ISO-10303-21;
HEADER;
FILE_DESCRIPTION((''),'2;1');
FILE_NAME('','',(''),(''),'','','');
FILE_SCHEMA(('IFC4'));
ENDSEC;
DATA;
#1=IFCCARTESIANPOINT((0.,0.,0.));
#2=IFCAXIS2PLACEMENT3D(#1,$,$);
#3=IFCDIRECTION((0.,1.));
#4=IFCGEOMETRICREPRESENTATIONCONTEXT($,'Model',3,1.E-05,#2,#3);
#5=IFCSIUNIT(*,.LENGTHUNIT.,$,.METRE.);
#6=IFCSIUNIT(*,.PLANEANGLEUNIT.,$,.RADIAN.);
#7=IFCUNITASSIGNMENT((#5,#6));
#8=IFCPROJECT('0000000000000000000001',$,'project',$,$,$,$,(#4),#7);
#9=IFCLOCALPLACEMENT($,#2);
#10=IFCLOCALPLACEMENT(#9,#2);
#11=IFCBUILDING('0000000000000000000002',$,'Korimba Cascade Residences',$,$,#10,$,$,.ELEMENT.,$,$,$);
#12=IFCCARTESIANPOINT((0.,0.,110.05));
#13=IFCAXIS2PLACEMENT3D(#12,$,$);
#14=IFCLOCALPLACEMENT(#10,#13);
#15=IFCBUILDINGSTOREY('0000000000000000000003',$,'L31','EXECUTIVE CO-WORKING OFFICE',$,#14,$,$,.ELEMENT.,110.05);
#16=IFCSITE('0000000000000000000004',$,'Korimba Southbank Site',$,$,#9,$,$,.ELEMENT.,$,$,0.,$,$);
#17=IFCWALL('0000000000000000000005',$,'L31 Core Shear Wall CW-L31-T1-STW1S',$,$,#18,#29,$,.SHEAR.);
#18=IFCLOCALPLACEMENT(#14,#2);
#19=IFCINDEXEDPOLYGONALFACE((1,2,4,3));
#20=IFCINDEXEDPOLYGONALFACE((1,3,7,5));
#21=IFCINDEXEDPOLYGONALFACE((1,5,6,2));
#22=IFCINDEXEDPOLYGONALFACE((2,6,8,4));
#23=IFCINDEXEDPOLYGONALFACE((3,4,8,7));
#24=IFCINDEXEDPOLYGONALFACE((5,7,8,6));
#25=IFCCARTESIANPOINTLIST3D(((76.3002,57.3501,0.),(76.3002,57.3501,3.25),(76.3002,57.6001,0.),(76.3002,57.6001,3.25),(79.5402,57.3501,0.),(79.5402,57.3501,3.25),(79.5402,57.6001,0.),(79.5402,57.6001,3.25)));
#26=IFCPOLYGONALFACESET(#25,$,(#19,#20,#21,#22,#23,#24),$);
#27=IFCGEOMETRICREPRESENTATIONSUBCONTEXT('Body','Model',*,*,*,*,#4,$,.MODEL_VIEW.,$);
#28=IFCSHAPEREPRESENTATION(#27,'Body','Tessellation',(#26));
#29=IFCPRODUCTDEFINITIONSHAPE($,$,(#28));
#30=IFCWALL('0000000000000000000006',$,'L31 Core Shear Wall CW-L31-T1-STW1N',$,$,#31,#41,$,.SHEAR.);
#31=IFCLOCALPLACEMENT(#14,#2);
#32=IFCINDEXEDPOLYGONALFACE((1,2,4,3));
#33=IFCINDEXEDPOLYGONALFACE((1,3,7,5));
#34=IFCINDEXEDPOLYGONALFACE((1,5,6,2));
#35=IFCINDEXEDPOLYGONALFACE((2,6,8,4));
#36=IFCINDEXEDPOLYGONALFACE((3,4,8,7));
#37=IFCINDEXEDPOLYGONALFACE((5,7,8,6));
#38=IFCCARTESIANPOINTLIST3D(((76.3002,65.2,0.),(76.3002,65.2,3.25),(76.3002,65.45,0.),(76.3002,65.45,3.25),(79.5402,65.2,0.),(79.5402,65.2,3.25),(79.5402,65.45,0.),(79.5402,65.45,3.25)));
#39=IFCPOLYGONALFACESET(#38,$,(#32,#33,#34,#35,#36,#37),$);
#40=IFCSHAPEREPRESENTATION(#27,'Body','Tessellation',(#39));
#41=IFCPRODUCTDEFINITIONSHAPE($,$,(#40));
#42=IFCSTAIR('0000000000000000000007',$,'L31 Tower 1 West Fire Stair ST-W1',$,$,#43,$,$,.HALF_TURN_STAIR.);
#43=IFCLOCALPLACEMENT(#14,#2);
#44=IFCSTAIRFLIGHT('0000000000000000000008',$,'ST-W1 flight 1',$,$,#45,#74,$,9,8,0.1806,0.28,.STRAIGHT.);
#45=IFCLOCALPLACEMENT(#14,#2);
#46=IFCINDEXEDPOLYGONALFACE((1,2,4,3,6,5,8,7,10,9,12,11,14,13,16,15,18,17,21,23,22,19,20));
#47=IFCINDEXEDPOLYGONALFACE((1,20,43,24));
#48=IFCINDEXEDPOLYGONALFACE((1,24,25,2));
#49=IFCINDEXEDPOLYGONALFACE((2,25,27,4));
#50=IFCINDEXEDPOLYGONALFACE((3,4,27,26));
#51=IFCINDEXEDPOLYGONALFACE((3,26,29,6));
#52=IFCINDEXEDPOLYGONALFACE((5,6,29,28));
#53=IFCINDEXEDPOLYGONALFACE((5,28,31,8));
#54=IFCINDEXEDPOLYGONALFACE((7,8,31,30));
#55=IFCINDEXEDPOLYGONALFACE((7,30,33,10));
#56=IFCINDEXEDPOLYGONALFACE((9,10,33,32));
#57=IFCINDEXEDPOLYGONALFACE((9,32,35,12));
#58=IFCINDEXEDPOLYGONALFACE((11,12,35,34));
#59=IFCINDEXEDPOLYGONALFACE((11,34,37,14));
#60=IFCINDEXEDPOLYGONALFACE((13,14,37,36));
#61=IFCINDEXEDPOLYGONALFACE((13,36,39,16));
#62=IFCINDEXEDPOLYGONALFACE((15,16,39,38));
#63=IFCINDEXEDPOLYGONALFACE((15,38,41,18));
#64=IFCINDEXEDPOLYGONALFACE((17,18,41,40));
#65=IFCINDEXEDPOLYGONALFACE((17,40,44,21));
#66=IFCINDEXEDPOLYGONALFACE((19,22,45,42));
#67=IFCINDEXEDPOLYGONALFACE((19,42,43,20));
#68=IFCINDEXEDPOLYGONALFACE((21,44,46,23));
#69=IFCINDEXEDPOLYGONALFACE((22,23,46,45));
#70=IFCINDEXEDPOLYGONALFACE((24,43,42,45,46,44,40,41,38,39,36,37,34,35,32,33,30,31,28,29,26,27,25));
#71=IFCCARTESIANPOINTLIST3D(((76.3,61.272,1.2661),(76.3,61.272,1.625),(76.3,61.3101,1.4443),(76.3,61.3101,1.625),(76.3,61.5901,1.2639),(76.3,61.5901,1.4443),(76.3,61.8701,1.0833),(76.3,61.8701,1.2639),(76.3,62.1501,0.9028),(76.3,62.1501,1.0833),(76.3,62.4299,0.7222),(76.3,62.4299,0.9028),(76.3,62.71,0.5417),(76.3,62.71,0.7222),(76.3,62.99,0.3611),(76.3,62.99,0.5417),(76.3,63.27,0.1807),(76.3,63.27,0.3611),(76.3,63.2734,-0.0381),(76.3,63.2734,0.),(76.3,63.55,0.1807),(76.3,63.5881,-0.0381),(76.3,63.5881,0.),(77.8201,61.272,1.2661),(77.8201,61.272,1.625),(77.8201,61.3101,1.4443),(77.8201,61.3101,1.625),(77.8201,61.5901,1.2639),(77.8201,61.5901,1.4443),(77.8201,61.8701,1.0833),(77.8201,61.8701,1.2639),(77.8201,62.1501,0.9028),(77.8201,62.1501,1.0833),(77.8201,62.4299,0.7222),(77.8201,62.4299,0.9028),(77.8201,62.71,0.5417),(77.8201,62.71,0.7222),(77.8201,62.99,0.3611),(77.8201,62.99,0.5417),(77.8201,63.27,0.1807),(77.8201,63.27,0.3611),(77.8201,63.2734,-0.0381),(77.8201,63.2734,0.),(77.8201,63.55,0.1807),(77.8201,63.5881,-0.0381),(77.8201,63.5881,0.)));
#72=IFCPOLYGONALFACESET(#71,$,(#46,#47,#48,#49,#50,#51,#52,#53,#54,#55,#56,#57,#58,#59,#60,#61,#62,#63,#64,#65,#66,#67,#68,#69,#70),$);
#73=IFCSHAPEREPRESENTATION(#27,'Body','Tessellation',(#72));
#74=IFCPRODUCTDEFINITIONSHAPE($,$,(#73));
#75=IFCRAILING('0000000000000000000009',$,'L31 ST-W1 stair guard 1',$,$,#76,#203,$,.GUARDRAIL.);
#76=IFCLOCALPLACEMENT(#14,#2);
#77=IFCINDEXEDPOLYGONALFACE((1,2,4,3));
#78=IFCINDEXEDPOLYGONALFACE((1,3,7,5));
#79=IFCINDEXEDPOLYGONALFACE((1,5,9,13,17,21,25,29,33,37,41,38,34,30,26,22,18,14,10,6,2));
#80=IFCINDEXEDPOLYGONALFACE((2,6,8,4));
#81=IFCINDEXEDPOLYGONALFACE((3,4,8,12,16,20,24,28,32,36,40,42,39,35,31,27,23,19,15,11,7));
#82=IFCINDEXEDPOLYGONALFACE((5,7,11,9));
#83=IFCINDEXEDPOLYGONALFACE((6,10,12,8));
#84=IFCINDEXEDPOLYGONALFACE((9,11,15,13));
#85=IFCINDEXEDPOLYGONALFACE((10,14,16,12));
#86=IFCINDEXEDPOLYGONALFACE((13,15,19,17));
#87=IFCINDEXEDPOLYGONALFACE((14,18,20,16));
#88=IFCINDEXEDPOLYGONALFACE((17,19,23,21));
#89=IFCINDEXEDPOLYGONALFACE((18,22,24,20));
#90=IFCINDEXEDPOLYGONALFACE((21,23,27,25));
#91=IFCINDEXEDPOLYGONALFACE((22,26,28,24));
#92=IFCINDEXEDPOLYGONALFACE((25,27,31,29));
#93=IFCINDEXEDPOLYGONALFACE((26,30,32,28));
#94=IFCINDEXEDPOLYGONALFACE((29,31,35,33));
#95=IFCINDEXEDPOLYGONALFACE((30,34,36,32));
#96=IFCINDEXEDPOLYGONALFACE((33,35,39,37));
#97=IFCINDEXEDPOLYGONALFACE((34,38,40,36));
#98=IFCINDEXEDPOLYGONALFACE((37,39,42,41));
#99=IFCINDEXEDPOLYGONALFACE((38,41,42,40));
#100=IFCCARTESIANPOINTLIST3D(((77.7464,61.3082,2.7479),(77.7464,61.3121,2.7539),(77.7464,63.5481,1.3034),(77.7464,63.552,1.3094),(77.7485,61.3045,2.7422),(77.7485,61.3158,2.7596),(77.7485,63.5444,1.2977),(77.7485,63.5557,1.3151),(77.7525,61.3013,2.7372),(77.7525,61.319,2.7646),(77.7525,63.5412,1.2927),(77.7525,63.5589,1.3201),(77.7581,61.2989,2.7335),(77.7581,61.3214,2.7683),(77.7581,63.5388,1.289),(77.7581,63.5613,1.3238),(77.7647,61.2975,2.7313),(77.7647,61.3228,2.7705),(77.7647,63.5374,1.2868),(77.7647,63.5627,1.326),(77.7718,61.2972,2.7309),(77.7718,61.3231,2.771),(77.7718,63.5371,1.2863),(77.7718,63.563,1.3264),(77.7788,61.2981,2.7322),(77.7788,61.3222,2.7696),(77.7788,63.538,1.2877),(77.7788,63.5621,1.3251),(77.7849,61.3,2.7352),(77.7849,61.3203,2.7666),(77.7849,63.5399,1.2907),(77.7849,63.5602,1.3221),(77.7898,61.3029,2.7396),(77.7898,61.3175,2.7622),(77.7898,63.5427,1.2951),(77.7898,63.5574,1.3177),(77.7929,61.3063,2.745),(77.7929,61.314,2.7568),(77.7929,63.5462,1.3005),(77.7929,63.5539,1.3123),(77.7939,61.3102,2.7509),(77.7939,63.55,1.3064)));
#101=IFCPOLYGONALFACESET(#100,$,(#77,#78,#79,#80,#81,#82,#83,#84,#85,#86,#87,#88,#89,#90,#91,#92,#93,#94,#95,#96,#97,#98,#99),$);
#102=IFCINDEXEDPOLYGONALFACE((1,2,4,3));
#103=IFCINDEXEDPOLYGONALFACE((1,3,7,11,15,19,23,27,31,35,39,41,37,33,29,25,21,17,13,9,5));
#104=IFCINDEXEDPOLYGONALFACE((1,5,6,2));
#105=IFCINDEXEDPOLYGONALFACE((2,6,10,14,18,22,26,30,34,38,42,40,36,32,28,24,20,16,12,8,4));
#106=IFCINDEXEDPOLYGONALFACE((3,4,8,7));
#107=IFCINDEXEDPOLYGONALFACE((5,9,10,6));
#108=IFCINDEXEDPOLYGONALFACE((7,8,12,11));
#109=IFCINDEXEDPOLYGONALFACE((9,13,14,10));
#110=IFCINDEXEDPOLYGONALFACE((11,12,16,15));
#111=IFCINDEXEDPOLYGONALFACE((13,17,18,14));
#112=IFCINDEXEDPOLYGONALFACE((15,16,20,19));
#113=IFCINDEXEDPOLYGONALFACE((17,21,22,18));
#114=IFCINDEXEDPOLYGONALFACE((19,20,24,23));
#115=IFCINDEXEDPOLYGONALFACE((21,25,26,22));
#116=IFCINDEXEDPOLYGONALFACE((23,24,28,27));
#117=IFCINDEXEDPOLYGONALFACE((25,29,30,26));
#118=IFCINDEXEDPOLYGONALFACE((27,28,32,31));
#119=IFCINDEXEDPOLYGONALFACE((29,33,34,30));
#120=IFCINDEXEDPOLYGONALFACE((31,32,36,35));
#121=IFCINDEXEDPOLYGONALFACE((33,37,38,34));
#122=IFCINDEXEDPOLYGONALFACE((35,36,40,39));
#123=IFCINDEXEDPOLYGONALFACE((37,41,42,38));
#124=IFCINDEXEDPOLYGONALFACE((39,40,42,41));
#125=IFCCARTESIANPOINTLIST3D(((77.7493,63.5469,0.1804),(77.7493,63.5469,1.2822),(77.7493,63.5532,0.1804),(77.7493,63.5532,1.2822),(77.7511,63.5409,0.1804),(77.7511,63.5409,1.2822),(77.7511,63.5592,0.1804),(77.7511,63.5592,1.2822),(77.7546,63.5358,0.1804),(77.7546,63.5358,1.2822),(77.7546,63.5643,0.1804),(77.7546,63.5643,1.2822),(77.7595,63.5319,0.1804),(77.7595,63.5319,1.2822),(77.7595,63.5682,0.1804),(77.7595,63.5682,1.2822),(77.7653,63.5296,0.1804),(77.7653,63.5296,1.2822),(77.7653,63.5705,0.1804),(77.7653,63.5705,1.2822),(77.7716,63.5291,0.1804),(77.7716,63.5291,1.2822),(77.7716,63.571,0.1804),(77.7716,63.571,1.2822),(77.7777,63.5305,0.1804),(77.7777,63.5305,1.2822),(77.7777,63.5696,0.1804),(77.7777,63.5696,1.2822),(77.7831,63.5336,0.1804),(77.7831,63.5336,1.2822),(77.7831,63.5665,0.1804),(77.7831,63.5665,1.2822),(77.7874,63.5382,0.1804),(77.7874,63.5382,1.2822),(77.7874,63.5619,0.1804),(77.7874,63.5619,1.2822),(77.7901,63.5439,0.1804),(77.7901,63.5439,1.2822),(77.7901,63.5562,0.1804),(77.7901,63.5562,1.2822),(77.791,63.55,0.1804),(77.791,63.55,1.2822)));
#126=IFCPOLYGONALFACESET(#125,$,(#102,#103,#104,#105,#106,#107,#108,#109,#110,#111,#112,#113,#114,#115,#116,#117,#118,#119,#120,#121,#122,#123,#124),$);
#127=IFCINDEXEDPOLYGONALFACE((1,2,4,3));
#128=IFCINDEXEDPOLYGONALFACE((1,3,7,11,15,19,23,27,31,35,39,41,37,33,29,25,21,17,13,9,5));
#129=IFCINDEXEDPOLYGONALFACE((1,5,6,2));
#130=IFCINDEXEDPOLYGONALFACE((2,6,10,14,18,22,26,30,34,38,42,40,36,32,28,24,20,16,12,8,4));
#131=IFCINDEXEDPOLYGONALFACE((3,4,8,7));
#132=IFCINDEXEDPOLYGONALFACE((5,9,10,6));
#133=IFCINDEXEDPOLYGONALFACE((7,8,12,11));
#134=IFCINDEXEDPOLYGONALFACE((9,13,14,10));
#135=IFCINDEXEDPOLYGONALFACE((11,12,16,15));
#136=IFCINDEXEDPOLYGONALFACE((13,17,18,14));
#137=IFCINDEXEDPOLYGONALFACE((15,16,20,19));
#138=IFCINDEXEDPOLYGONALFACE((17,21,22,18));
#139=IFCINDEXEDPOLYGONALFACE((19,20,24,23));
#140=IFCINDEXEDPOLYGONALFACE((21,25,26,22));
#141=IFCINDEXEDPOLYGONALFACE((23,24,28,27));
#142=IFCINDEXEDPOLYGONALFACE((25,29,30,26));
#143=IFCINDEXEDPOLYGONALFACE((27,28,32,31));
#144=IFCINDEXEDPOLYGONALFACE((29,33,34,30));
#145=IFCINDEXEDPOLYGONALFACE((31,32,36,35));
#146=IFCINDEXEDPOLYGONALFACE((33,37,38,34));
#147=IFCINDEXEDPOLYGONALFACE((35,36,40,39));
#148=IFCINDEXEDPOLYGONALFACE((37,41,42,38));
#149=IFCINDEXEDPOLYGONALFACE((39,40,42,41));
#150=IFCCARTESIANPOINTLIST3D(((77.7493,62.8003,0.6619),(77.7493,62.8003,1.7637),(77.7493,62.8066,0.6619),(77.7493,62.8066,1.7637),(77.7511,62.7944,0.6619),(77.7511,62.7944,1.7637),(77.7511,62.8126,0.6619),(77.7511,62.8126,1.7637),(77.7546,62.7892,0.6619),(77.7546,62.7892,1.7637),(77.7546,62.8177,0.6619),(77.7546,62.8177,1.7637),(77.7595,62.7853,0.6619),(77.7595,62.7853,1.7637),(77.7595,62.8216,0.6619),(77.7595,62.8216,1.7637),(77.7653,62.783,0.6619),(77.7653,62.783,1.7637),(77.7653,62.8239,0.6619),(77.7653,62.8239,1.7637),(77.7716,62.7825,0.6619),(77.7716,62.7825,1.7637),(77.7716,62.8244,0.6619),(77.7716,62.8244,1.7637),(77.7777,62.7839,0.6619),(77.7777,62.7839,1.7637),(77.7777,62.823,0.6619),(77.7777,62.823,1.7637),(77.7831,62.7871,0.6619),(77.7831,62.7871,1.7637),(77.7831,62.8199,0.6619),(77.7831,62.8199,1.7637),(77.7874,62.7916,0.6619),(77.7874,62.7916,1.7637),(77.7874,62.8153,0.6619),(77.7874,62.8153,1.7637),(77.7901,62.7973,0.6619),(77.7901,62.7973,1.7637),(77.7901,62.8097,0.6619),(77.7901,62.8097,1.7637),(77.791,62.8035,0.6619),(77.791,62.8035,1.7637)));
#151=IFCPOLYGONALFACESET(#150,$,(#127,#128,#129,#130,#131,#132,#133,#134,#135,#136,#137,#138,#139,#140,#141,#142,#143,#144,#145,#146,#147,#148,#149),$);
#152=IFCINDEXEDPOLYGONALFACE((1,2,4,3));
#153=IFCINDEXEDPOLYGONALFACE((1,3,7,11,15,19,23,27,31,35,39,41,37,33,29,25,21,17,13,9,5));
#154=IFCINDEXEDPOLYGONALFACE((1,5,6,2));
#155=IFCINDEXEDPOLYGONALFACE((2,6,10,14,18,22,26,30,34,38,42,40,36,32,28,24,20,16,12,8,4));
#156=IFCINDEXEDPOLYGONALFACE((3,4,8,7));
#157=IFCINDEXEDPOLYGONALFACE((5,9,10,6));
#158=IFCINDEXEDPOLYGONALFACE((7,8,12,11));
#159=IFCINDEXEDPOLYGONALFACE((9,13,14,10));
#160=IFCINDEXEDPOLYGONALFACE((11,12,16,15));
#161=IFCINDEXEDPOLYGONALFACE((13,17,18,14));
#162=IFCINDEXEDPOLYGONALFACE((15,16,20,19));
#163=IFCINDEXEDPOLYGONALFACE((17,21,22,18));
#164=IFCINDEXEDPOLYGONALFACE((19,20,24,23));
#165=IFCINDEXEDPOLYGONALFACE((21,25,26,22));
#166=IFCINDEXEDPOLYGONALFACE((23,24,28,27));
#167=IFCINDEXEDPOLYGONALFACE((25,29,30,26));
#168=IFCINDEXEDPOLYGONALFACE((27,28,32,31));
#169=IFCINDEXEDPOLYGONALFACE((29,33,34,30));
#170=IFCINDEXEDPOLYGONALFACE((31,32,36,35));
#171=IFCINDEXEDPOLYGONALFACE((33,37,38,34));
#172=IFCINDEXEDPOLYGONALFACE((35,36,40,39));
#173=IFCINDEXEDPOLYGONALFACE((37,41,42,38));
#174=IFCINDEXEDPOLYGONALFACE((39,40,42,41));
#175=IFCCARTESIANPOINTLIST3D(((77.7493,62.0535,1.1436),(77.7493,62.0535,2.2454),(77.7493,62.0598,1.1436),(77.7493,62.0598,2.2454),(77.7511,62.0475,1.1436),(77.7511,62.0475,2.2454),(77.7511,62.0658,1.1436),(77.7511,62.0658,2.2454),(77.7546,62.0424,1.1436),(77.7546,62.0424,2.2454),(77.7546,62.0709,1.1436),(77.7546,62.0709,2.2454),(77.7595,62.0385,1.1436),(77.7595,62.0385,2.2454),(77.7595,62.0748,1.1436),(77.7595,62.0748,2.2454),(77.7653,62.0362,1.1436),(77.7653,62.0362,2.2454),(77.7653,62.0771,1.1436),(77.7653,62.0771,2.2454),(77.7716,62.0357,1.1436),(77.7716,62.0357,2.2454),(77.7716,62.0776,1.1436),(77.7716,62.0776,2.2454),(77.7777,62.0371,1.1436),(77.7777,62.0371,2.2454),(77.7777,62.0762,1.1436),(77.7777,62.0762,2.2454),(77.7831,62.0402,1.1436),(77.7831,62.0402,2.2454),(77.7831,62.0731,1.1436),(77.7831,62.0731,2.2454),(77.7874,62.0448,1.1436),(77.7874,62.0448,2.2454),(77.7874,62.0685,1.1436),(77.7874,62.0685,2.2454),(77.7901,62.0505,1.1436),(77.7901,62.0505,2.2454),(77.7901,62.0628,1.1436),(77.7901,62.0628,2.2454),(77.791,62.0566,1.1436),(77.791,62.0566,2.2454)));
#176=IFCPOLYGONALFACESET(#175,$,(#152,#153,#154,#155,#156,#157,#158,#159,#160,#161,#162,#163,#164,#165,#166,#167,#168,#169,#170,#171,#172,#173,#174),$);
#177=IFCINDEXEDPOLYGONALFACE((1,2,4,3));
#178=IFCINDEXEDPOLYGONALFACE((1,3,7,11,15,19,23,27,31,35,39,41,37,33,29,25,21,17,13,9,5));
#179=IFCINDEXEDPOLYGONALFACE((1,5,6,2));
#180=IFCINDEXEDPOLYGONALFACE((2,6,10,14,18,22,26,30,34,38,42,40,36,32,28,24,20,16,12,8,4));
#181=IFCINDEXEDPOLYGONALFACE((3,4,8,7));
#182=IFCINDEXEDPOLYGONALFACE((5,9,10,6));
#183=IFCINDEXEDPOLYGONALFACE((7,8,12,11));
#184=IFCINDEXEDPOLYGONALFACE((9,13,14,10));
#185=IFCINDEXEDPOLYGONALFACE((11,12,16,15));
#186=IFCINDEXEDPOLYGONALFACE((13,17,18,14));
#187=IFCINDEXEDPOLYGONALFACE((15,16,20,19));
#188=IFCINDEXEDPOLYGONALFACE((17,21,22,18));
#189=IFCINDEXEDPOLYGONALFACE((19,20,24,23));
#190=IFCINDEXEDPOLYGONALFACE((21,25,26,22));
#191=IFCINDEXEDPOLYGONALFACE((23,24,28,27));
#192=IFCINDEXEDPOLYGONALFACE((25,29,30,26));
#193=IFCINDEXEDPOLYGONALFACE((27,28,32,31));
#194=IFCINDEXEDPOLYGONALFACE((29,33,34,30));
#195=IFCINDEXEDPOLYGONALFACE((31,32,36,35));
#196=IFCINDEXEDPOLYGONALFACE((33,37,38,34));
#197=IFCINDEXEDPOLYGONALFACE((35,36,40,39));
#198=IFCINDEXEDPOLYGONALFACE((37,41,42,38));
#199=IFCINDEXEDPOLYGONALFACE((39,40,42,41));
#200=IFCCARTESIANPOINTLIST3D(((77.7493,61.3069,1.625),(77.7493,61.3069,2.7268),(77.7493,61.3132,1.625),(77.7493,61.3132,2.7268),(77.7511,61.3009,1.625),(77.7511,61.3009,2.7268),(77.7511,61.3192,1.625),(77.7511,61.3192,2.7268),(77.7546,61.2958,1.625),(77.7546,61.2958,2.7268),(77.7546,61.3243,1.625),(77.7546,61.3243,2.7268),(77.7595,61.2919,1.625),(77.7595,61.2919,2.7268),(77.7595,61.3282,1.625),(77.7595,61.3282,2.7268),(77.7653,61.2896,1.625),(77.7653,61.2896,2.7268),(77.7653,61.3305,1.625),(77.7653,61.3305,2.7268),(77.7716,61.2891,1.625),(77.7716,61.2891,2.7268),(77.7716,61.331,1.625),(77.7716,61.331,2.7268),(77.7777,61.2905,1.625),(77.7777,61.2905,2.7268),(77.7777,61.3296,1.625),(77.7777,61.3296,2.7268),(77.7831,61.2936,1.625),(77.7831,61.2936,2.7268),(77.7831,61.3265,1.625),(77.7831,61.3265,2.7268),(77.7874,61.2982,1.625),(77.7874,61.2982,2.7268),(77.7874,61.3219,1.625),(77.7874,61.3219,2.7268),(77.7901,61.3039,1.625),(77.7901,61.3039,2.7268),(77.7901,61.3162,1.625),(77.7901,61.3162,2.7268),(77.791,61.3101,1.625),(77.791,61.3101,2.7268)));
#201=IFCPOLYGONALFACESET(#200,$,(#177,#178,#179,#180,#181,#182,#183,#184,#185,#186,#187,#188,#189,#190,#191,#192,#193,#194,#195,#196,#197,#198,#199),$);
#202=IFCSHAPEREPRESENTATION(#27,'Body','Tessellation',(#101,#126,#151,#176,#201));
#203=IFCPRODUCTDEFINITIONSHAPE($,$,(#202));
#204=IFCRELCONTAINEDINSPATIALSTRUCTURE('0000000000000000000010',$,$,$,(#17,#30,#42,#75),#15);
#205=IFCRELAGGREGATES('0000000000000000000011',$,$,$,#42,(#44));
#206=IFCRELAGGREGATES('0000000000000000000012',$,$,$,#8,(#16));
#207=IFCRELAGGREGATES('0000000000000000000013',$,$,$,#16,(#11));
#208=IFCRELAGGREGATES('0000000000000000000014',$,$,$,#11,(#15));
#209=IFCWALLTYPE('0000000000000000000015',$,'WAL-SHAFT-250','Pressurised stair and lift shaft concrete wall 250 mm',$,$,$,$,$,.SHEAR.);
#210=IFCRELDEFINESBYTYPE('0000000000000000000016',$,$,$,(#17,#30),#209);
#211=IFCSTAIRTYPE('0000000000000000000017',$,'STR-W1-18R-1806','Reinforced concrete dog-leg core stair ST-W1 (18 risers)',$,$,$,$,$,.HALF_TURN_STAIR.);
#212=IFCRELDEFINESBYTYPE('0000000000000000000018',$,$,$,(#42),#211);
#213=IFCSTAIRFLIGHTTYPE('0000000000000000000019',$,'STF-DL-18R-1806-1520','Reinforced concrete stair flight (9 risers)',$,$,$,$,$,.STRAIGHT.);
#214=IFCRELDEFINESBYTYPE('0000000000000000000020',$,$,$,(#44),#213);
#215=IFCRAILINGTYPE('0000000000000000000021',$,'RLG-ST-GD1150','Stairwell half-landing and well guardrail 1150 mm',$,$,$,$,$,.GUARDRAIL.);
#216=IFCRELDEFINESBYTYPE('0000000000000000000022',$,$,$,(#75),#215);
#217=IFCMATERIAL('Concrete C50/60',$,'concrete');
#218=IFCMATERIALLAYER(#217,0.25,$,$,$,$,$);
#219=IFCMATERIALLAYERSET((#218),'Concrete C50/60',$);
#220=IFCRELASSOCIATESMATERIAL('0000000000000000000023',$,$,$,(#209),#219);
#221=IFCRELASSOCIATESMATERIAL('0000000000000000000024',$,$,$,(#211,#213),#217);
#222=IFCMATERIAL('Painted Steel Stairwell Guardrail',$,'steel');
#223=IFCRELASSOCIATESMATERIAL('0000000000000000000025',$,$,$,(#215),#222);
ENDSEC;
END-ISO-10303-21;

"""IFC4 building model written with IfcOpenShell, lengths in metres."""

from ifc_helpers import new_model, si_unit, direction, frame, frame_2d, origin, origin_2d, place, context, subcontext, project, spatial, polyline, rectangle, circle, outline, extrude, material, layer, layer_set, type_object, element, aggregate, save


model = new_model("IFC4")

# Units and contexts
model_context = context("Model", 3, precision=1e-05, world=origin(), true_north=direction((0.0, 1.0)))
body_context = subcontext(model_context, "Body", "Model", "MODEL_VIEW")
ifc_project = project(units=[si_unit("LENGTHUNIT", "METRE"), si_unit("PLANEANGLEUNIT", "RADIAN")], contexts=[model_context])

# Site, building, storey
site_placement = place(None, origin())
site = spatial("IfcSite", under=ifc_project, at=site_placement, Name="Korimba Southbank Site", CompositionType="ELEMENT", RefElevation=0.0)
building_placement = place(site_placement, origin())
building = spatial("IfcBuilding", under=site, at=building_placement, Name="Korimba Cascade Residences", CompositionType="ELEMENT")
storey_placement = place(building_placement, frame((0.0, 0.0, 110.05)))
storey = spatial("IfcBuildingStorey", under=building, at=storey_placement, Name="L31", Description="EXECUTIVE CO-WORKING OFFICE", CompositionType="ELEMENT", Elevation=110.05)

# Walls
ifc_material_1 = material(Name="Concrete C50/60", Category="concrete")
ifc_layer_1 = layer(ifc_material_1, 0.25)
ifc_layer_set_1 = layer_set([ifc_layer_1], Name="Concrete C50/60")
wall_type_1 = type_object("IfcWallType", Name="WAL-SHAFT-250", Description="Pressurised stair and lift shaft concrete wall 250 mm", PredefinedType="SHEAR", material=ifc_layer_set_1)
for number, where, z_axis, x_axis, name in (
    (1, (76.3, 57.4751, 0.0), (0.0, 0.0, 1.0), (1.0, 0.0, 0.0), "L31 Core Shear Wall CW-L31-T1-STW1S"),
    (2, (76.3, 65.325, 0.0), (0.0, 0.0, 1.0), (1.0, 0.0, 0.0), "L31 Core Shear Wall CW-L31-T1-STW1N"),
):
    element("IfcWall", number, at=place(storey_placement, frame(where, z_axis=z_axis, x_axis=x_axis)), inside=storey, type_object=wall_type_1, Name=name, PredefinedType="SHEAR", context=body_context, shape_type="SweptSolid", body=[
        extrude(rectangle(XDim=3.24, YDim=0.25, at=frame_2d((1.6201, 0.0))), origin(), (0.0, 0.0, 1.0), 3.25),
    ])

# Stair, stair flight
stair_type = type_object("IfcStairType", Name="STR-W1-18R-1806", Description="Reinforced concrete dog-leg core stair ST-W1 (18 risers)", PredefinedType="HALF_TURN_STAIR", material=ifc_material_1)
stair_placement = place(storey_placement, origin())
stair = element("IfcStair", 3, at=stair_placement, inside=storey, type_object=stair_type, Name="L31 Tower 1 West Fire Stair ST-W1", PredefinedType="HALF_TURN_STAIR")
stair_flight_type = type_object("IfcStairFlightType", Name="STF-DL-18R-1806-1520", Description="Reinforced concrete stair flight (9 risers)", PredefinedType="STRAIGHT", material=ifc_material_1)
stair_flight_placement = place(storey_placement, frame((77.0601, 63.55, 0.0), z_axis=(0.0, 0.0, 1.0), x_axis=(0.0, -1.0, 0.0)))
stair_flight = element("IfcStairFlight", 4, at=stair_flight_placement, type_object=stair_flight_type, Name="ST-W1 flight 1", NumberOfRisers=9, NumberOfTreads=8, PredefinedType="STRAIGHT", RiserHeight=0.1806, TreadLength=0.28, context=body_context, shape_type="SweptSolid", body=[
    extrude(outline(polyline([(-0.0381, 0.0), (0.0, 0.1807), (0.28, 0.1807), (0.28, 0.3611), (0.5601, 0.3611), (0.5601, 0.5417), (0.8401, 0.5417), (0.8401, 0.7222), (1.1201, 0.7222), (1.1201, 0.9028), (1.3999, 0.9028), (1.3999, 1.0833), (1.6799, 1.0833), (1.6799, 1.2639), (1.96, 1.2639), (1.96, 1.4443), (2.24, 1.4443), (2.24, 1.625), (2.2781, 1.625), (2.2781, 1.2661), (0.2766, 0.0), (0.2766, -0.0381), (-0.0381, -0.0381), (-0.0381, 0.0)])), frame((0.0, 0.76, 0.0), z_axis=(0.0, -1.0, 0.0), x_axis=(1.0, 0.0, 0.0)), (0.0, 0.0, 1.0), 1.52),
])
aggregate(stair, [stair_flight])

# Railing
ifc_material_2 = material(Name="Painted Steel Stairwell Guardrail", Category="steel")
railing_type_1 = type_object("IfcRailingType", Name="RLG-ST-GD1150", Description="Stairwell half-landing and well guardrail 1150 mm", PredefinedType="GUARDRAIL", material=ifc_material_2)
railing_1_placement = place(storey_placement, frame((77.77, 63.55, 0.1804)))
element("IfcRailing", 5, at=railing_1_placement, inside=storey, type_object=railing_type_1, Name="L31 ST-W1 stair guard 1", PredefinedType="GUARDRAIL", context=body_context, shape_type="SweptSolid", body=[
    extrude(circle(Radius=0.0239, at=origin_2d()), frame((0.0, 0.0, 1.126), z_axis=(0.0, -0.840395, 0.541975), x_axis=(1.0, 0.0, 0.0)), (0.0, 0.0, 1.0), 2.6653),
    extrude(circle(Radius=0.021, at=origin_2d()), origin(), (0.0, 0.0, 1.0), 1.1018),
    extrude(circle(Radius=0.021, at=origin_2d()), frame((0.0, -0.7466, 0.4814)), (0.0, 0.0, 1.0), 1.1018),
    extrude(circle(Radius=0.021, at=origin_2d()), frame((0.0, -1.4934, 0.9631)), (0.0, 0.0, 1.0), 1.1018),
    extrude(circle(Radius=0.021, at=origin_2d()), frame((0.0, -2.24, 1.4446)), (0.0, 0.0, 1.0), 1.1018),
])

save(model, "model.ifc")
